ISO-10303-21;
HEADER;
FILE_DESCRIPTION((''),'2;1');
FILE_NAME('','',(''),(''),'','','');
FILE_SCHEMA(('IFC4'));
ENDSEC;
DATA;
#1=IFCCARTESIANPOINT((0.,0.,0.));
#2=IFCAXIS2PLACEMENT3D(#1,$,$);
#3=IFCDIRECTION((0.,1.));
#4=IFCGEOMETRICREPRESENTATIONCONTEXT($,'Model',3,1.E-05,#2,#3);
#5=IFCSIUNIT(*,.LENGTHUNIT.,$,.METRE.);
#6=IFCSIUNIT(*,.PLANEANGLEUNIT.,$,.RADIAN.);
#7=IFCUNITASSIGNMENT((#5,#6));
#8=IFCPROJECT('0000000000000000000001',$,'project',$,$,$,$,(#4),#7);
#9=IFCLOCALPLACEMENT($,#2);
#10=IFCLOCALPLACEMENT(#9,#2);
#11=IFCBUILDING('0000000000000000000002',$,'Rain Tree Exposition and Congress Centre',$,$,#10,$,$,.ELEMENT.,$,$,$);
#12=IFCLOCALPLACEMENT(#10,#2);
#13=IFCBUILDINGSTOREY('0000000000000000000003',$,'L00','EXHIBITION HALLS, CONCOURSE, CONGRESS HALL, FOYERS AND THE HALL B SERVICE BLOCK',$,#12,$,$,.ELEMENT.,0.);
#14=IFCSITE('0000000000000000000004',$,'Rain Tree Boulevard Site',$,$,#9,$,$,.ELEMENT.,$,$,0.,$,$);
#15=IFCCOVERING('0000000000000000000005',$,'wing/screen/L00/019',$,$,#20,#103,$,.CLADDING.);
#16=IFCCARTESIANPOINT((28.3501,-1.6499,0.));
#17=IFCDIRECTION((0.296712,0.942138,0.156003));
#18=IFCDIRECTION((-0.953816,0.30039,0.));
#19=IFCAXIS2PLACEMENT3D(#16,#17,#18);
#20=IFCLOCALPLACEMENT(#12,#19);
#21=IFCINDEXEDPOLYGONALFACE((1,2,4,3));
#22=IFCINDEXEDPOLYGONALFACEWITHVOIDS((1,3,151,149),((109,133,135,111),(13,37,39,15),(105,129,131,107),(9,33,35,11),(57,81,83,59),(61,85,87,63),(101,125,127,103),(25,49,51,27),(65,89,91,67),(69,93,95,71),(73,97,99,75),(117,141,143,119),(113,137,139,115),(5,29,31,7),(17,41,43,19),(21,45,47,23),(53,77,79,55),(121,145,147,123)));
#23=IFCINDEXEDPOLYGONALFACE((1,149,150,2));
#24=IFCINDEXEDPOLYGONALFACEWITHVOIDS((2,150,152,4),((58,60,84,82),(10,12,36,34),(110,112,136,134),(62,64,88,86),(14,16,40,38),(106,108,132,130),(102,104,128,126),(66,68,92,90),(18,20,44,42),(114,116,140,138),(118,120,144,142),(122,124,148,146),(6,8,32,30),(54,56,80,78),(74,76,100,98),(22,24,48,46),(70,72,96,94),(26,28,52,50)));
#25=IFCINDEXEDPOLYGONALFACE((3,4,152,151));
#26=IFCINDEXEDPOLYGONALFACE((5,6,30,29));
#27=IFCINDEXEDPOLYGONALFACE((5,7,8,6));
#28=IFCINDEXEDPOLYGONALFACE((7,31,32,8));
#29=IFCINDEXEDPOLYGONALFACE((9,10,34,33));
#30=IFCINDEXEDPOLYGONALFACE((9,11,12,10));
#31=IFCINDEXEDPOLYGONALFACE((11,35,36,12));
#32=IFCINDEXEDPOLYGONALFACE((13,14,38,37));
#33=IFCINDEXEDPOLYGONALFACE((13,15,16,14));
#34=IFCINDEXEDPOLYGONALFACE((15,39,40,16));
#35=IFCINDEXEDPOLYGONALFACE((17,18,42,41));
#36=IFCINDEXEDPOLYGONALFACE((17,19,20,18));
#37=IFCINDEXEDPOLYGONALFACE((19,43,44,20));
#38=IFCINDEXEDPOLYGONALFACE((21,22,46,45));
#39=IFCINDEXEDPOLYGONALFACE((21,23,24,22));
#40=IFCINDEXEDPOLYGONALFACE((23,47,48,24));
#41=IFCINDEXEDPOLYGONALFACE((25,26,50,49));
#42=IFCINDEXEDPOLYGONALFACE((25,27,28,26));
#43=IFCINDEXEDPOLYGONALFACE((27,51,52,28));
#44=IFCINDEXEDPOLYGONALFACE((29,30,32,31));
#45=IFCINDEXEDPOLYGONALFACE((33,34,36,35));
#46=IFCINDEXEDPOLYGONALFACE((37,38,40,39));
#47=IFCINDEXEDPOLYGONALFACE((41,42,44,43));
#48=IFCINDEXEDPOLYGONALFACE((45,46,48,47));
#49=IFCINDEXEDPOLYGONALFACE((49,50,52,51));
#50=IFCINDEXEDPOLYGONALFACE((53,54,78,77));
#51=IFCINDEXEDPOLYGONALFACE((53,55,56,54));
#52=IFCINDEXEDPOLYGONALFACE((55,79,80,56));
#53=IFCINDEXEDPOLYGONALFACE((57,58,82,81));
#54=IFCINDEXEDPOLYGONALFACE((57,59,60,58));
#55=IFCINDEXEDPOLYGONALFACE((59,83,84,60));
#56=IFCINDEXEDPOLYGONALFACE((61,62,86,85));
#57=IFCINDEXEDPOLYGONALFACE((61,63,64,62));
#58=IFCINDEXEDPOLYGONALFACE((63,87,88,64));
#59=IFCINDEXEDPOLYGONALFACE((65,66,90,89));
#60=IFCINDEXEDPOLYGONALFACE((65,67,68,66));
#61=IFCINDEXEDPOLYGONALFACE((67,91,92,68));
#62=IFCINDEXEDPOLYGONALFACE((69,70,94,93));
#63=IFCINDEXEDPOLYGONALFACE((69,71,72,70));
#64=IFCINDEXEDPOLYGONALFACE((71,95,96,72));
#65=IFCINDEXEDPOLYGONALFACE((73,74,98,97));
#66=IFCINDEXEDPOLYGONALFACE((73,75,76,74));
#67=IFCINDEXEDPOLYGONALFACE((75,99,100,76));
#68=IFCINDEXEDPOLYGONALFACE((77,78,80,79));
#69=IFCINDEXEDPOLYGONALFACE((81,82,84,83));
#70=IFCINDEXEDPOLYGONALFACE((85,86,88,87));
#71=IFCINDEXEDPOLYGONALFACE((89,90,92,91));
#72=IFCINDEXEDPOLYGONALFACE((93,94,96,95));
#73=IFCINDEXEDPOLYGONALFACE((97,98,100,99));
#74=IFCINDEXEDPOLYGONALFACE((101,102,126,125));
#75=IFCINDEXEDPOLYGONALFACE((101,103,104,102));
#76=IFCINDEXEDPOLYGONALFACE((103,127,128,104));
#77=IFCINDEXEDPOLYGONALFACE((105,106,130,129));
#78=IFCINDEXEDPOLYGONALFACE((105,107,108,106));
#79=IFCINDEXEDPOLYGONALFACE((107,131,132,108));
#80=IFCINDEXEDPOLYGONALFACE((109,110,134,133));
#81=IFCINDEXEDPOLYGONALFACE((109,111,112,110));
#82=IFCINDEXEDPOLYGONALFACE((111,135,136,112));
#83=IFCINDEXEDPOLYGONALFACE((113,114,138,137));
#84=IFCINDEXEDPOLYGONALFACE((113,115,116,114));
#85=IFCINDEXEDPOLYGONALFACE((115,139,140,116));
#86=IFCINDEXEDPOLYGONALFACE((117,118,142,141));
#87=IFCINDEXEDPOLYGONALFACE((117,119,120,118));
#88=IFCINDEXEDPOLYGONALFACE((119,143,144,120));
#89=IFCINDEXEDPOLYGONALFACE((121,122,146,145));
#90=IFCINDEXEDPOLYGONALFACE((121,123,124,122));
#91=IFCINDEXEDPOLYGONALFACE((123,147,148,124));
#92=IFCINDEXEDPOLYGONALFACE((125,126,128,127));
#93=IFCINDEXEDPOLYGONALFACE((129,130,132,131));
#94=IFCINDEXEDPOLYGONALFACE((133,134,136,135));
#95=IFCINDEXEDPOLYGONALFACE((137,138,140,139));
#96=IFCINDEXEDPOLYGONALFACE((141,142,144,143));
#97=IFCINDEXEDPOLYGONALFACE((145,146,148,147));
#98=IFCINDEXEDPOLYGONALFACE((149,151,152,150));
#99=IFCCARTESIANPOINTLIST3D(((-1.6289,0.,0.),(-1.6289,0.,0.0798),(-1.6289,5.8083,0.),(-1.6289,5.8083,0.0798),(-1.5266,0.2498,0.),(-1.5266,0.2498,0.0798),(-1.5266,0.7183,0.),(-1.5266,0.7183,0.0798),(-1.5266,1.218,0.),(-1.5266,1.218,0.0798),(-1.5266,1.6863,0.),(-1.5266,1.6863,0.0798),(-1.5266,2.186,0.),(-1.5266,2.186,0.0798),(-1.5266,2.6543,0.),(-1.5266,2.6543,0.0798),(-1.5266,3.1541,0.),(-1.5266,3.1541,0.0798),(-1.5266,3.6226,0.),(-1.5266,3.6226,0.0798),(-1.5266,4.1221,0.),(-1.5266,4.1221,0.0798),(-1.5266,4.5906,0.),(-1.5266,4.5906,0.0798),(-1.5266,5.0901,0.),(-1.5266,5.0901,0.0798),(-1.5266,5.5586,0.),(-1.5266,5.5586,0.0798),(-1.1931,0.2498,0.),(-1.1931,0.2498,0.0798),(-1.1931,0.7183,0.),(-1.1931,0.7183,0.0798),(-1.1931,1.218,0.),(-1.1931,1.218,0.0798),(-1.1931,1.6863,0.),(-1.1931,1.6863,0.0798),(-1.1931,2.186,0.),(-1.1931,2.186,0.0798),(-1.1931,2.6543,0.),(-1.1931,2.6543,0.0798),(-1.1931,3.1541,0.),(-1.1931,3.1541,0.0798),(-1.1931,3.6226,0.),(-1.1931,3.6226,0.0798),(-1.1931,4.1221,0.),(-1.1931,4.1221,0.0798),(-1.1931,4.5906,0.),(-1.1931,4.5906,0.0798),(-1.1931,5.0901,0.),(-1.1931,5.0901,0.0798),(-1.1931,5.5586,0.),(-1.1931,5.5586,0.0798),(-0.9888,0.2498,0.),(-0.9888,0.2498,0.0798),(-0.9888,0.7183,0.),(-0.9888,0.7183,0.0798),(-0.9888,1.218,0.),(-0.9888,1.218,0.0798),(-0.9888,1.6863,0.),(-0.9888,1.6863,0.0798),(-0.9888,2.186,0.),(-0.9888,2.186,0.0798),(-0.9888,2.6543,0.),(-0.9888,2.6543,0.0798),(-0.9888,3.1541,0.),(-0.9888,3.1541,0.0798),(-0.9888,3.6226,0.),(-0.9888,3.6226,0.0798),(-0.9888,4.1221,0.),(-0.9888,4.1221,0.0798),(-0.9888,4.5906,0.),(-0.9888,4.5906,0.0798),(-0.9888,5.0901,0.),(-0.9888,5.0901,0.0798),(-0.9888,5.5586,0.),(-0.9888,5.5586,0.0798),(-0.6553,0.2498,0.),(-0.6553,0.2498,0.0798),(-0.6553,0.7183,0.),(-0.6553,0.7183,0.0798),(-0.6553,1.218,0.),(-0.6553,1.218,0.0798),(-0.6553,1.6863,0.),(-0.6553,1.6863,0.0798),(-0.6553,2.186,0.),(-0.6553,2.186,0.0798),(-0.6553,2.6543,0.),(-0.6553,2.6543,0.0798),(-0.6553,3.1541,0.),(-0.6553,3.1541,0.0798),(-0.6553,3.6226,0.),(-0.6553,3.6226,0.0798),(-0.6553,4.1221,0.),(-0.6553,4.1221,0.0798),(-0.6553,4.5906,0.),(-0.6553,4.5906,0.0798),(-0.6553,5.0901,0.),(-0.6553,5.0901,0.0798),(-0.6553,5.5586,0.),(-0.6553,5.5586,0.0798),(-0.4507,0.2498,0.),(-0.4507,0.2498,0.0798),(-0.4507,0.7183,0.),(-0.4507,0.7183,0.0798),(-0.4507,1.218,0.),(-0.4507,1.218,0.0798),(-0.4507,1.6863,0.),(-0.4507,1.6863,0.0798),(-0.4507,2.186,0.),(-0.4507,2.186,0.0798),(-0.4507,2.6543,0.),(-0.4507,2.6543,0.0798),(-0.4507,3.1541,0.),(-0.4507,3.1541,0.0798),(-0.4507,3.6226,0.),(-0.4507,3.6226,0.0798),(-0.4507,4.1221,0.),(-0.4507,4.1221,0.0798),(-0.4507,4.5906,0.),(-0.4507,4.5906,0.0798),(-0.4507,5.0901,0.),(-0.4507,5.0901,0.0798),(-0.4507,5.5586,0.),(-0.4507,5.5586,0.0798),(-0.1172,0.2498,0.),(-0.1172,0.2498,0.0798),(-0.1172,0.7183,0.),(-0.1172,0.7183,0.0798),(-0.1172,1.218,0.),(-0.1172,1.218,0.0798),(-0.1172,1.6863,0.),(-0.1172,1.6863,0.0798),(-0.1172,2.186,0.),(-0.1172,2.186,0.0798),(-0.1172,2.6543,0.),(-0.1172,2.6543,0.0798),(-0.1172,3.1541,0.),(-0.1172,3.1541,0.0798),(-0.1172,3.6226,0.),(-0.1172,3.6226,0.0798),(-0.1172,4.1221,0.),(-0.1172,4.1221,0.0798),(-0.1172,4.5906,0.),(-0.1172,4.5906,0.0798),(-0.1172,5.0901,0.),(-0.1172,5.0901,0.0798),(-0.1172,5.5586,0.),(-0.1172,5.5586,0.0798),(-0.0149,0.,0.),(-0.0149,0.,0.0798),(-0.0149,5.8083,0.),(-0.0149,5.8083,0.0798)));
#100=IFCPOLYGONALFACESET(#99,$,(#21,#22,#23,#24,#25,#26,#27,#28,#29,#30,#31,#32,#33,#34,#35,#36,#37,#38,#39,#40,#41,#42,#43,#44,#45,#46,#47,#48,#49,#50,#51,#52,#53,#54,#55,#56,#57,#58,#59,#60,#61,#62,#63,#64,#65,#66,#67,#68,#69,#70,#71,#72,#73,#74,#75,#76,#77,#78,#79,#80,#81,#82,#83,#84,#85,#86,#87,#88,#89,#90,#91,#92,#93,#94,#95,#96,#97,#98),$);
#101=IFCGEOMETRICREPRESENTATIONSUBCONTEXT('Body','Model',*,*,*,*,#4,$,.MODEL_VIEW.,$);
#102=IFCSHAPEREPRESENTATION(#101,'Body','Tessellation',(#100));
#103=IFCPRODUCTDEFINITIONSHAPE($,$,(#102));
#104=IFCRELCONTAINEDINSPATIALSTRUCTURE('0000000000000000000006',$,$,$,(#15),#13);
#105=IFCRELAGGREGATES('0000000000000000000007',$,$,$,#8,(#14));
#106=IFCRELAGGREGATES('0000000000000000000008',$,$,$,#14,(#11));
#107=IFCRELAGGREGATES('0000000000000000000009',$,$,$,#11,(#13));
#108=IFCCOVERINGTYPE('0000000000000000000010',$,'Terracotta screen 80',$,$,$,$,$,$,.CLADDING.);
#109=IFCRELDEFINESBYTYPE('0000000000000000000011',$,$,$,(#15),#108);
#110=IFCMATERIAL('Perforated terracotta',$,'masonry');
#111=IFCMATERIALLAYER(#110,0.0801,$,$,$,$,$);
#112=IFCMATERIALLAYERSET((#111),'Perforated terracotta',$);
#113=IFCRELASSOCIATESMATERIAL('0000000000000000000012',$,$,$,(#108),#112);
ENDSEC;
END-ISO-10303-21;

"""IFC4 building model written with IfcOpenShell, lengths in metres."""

from ifc_helpers import new_model, si_unit, direction, frame, origin, place, context, subcontext, project, spatial, polyline, outline, extrude, material, layer, layer_set, type_object, element, save


model = new_model("IFC4")

# Units and contexts
model_context = context("Model", 3, precision=1e-05, world=origin(), true_north=direction((0.0, 1.0)))
body_context = subcontext(model_context, "Body", "Model", "MODEL_VIEW")
ifc_project = project(units=[si_unit("LENGTHUNIT", "METRE"), si_unit("PLANEANGLEUNIT", "RADIAN")], contexts=[model_context])

# Site, building, storey
site_placement = place(None, origin())
site = spatial("IfcSite", under=ifc_project, at=site_placement, Name="Rain Tree Boulevard Site", CompositionType="ELEMENT", RefElevation=0.0)
building_placement = place(site_placement, origin())
building = spatial("IfcBuilding", under=site, at=building_placement, Name="Rain Tree Exposition and Congress Centre", CompositionType="ELEMENT")
storey_placement = place(building_placement, origin())
storey = spatial("IfcBuildingStorey", under=building, at=storey_placement, Name="L00", Description="EXHIBITION HALLS, CONCOURSE, CONGRESS HALL, FOYERS AND THE HALL B SERVICE BLOCK", CompositionType="ELEMENT", Elevation=0.0)

# Covering
ifc_material_1 = material(Name="Perforated terracotta", Category="masonry")
ifc_layer_1 = layer(ifc_material_1, 0.0801)
ifc_layer_set_1 = layer_set([ifc_layer_1], Name="Perforated terracotta")
covering_type = type_object("IfcCoveringType", Name="Terracotta screen 80", PredefinedType="CLADDING", material=ifc_layer_set_1)
covering_1_placement = place(storey_placement, frame((28.3501, -1.6499, 0.0), z_axis=(0.296712, 0.942138, 0.156003), x_axis=(-0.953816, 0.30039, 0.0)))
element("IfcCovering", 1, at=covering_1_placement, inside=storey, type_object=covering_type, Name="wing/screen/L00/019", PredefinedType="CLADDING", context=body_context, shape_type="SweptSolid", body=[
    extrude(outline(polyline([(-1.6289, 0.0), (-1.6289, 5.8083), (-0.0149, 5.8083), (-0.0149, 0.0), (-1.6289, 0.0)]), holes=[polyline([(-0.1172, 0.2498), (-0.1172, 0.7183), (-0.4507, 0.7183), (-0.4507, 0.2498), (-0.1172, 0.2498)]), polyline([(-0.1172, 1.218), (-0.1172, 1.6863), (-0.4507, 1.6863), (-0.4507, 1.218), (-0.1172, 1.218)]), polyline([(-0.1172, 2.186), (-0.1172, 2.6543), (-0.4507, 2.6543), (-0.4507, 2.186), (-0.1172, 2.186)]), polyline([(-0.1172, 3.1541), (-0.1172, 3.6226), (-0.4507, 3.6226), (-0.4507, 3.1541), (-0.1172, 3.1541)]), polyline([(-0.1172, 4.1221), (-0.1172, 4.5906), (-0.4507, 4.5906), (-0.4507, 4.1221), (-0.1172, 4.1221)]), polyline([(-0.1172, 5.0901), (-0.1172, 5.5586), (-0.4507, 5.5586), (-0.4507, 5.0901), (-0.1172, 5.0901)]), polyline([(-0.6553, 0.2498), (-0.6553, 0.7183), (-0.9888, 0.7183), (-0.9888, 0.2498), (-0.6553, 0.2498)]), polyline([(-0.6553, 1.218), (-0.6553, 1.6863), (-0.9888, 1.6863), (-0.9888, 1.218), (-0.6553, 1.218)]), polyline([(-0.6553, 2.186), (-0.6553, 2.6543), (-0.9888, 2.6543), (-0.9888, 2.186), (-0.6553, 2.186)]), polyline([(-0.6553, 3.1541), (-0.6553, 3.6226), (-0.9888, 3.6226), (-0.9888, 3.1541), (-0.6553, 3.1541)]), polyline([(-0.6553, 4.1221), (-0.6553, 4.5906), (-0.9888, 4.5906), (-0.9888, 4.1221), (-0.6553, 4.1221)]), polyline([(-0.6553, 5.0901), (-0.6553, 5.5586), (-0.9888, 5.5586), (-0.9888, 5.0901), (-0.6553, 5.0901)]), polyline([(-1.1931, 0.2498), (-1.1931, 0.7183), (-1.5266, 0.7183), (-1.5266, 0.2498), (-1.1931, 0.2498)]), polyline([(-1.1931, 1.218), (-1.1931, 1.6863), (-1.5266, 1.6863), (-1.5266, 1.218), (-1.1931, 1.218)]), polyline([(-1.1931, 2.186), (-1.1931, 2.6543), (-1.5266, 2.6543), (-1.5266, 2.186), (-1.1931, 2.186)]), polyline([(-1.1931, 3.1541), (-1.1931, 3.6226), (-1.5266, 3.6226), (-1.5266, 3.1541), (-1.1931, 3.1541)]), polyline([(-1.1931, 4.1221), (-1.1931, 4.5906), (-1.5266, 4.5906), (-1.5266, 4.1221), (-1.1931, 4.1221)]), polyline([(-1.1931, 5.0901), (-1.1931, 5.5586), (-1.5266, 5.5586), (-1.5266, 5.0901), (-1.1931, 5.0901)])]), origin(), (0.0, 0.0, 1.0), 0.0798),
])

save(model, "model.ifc")
